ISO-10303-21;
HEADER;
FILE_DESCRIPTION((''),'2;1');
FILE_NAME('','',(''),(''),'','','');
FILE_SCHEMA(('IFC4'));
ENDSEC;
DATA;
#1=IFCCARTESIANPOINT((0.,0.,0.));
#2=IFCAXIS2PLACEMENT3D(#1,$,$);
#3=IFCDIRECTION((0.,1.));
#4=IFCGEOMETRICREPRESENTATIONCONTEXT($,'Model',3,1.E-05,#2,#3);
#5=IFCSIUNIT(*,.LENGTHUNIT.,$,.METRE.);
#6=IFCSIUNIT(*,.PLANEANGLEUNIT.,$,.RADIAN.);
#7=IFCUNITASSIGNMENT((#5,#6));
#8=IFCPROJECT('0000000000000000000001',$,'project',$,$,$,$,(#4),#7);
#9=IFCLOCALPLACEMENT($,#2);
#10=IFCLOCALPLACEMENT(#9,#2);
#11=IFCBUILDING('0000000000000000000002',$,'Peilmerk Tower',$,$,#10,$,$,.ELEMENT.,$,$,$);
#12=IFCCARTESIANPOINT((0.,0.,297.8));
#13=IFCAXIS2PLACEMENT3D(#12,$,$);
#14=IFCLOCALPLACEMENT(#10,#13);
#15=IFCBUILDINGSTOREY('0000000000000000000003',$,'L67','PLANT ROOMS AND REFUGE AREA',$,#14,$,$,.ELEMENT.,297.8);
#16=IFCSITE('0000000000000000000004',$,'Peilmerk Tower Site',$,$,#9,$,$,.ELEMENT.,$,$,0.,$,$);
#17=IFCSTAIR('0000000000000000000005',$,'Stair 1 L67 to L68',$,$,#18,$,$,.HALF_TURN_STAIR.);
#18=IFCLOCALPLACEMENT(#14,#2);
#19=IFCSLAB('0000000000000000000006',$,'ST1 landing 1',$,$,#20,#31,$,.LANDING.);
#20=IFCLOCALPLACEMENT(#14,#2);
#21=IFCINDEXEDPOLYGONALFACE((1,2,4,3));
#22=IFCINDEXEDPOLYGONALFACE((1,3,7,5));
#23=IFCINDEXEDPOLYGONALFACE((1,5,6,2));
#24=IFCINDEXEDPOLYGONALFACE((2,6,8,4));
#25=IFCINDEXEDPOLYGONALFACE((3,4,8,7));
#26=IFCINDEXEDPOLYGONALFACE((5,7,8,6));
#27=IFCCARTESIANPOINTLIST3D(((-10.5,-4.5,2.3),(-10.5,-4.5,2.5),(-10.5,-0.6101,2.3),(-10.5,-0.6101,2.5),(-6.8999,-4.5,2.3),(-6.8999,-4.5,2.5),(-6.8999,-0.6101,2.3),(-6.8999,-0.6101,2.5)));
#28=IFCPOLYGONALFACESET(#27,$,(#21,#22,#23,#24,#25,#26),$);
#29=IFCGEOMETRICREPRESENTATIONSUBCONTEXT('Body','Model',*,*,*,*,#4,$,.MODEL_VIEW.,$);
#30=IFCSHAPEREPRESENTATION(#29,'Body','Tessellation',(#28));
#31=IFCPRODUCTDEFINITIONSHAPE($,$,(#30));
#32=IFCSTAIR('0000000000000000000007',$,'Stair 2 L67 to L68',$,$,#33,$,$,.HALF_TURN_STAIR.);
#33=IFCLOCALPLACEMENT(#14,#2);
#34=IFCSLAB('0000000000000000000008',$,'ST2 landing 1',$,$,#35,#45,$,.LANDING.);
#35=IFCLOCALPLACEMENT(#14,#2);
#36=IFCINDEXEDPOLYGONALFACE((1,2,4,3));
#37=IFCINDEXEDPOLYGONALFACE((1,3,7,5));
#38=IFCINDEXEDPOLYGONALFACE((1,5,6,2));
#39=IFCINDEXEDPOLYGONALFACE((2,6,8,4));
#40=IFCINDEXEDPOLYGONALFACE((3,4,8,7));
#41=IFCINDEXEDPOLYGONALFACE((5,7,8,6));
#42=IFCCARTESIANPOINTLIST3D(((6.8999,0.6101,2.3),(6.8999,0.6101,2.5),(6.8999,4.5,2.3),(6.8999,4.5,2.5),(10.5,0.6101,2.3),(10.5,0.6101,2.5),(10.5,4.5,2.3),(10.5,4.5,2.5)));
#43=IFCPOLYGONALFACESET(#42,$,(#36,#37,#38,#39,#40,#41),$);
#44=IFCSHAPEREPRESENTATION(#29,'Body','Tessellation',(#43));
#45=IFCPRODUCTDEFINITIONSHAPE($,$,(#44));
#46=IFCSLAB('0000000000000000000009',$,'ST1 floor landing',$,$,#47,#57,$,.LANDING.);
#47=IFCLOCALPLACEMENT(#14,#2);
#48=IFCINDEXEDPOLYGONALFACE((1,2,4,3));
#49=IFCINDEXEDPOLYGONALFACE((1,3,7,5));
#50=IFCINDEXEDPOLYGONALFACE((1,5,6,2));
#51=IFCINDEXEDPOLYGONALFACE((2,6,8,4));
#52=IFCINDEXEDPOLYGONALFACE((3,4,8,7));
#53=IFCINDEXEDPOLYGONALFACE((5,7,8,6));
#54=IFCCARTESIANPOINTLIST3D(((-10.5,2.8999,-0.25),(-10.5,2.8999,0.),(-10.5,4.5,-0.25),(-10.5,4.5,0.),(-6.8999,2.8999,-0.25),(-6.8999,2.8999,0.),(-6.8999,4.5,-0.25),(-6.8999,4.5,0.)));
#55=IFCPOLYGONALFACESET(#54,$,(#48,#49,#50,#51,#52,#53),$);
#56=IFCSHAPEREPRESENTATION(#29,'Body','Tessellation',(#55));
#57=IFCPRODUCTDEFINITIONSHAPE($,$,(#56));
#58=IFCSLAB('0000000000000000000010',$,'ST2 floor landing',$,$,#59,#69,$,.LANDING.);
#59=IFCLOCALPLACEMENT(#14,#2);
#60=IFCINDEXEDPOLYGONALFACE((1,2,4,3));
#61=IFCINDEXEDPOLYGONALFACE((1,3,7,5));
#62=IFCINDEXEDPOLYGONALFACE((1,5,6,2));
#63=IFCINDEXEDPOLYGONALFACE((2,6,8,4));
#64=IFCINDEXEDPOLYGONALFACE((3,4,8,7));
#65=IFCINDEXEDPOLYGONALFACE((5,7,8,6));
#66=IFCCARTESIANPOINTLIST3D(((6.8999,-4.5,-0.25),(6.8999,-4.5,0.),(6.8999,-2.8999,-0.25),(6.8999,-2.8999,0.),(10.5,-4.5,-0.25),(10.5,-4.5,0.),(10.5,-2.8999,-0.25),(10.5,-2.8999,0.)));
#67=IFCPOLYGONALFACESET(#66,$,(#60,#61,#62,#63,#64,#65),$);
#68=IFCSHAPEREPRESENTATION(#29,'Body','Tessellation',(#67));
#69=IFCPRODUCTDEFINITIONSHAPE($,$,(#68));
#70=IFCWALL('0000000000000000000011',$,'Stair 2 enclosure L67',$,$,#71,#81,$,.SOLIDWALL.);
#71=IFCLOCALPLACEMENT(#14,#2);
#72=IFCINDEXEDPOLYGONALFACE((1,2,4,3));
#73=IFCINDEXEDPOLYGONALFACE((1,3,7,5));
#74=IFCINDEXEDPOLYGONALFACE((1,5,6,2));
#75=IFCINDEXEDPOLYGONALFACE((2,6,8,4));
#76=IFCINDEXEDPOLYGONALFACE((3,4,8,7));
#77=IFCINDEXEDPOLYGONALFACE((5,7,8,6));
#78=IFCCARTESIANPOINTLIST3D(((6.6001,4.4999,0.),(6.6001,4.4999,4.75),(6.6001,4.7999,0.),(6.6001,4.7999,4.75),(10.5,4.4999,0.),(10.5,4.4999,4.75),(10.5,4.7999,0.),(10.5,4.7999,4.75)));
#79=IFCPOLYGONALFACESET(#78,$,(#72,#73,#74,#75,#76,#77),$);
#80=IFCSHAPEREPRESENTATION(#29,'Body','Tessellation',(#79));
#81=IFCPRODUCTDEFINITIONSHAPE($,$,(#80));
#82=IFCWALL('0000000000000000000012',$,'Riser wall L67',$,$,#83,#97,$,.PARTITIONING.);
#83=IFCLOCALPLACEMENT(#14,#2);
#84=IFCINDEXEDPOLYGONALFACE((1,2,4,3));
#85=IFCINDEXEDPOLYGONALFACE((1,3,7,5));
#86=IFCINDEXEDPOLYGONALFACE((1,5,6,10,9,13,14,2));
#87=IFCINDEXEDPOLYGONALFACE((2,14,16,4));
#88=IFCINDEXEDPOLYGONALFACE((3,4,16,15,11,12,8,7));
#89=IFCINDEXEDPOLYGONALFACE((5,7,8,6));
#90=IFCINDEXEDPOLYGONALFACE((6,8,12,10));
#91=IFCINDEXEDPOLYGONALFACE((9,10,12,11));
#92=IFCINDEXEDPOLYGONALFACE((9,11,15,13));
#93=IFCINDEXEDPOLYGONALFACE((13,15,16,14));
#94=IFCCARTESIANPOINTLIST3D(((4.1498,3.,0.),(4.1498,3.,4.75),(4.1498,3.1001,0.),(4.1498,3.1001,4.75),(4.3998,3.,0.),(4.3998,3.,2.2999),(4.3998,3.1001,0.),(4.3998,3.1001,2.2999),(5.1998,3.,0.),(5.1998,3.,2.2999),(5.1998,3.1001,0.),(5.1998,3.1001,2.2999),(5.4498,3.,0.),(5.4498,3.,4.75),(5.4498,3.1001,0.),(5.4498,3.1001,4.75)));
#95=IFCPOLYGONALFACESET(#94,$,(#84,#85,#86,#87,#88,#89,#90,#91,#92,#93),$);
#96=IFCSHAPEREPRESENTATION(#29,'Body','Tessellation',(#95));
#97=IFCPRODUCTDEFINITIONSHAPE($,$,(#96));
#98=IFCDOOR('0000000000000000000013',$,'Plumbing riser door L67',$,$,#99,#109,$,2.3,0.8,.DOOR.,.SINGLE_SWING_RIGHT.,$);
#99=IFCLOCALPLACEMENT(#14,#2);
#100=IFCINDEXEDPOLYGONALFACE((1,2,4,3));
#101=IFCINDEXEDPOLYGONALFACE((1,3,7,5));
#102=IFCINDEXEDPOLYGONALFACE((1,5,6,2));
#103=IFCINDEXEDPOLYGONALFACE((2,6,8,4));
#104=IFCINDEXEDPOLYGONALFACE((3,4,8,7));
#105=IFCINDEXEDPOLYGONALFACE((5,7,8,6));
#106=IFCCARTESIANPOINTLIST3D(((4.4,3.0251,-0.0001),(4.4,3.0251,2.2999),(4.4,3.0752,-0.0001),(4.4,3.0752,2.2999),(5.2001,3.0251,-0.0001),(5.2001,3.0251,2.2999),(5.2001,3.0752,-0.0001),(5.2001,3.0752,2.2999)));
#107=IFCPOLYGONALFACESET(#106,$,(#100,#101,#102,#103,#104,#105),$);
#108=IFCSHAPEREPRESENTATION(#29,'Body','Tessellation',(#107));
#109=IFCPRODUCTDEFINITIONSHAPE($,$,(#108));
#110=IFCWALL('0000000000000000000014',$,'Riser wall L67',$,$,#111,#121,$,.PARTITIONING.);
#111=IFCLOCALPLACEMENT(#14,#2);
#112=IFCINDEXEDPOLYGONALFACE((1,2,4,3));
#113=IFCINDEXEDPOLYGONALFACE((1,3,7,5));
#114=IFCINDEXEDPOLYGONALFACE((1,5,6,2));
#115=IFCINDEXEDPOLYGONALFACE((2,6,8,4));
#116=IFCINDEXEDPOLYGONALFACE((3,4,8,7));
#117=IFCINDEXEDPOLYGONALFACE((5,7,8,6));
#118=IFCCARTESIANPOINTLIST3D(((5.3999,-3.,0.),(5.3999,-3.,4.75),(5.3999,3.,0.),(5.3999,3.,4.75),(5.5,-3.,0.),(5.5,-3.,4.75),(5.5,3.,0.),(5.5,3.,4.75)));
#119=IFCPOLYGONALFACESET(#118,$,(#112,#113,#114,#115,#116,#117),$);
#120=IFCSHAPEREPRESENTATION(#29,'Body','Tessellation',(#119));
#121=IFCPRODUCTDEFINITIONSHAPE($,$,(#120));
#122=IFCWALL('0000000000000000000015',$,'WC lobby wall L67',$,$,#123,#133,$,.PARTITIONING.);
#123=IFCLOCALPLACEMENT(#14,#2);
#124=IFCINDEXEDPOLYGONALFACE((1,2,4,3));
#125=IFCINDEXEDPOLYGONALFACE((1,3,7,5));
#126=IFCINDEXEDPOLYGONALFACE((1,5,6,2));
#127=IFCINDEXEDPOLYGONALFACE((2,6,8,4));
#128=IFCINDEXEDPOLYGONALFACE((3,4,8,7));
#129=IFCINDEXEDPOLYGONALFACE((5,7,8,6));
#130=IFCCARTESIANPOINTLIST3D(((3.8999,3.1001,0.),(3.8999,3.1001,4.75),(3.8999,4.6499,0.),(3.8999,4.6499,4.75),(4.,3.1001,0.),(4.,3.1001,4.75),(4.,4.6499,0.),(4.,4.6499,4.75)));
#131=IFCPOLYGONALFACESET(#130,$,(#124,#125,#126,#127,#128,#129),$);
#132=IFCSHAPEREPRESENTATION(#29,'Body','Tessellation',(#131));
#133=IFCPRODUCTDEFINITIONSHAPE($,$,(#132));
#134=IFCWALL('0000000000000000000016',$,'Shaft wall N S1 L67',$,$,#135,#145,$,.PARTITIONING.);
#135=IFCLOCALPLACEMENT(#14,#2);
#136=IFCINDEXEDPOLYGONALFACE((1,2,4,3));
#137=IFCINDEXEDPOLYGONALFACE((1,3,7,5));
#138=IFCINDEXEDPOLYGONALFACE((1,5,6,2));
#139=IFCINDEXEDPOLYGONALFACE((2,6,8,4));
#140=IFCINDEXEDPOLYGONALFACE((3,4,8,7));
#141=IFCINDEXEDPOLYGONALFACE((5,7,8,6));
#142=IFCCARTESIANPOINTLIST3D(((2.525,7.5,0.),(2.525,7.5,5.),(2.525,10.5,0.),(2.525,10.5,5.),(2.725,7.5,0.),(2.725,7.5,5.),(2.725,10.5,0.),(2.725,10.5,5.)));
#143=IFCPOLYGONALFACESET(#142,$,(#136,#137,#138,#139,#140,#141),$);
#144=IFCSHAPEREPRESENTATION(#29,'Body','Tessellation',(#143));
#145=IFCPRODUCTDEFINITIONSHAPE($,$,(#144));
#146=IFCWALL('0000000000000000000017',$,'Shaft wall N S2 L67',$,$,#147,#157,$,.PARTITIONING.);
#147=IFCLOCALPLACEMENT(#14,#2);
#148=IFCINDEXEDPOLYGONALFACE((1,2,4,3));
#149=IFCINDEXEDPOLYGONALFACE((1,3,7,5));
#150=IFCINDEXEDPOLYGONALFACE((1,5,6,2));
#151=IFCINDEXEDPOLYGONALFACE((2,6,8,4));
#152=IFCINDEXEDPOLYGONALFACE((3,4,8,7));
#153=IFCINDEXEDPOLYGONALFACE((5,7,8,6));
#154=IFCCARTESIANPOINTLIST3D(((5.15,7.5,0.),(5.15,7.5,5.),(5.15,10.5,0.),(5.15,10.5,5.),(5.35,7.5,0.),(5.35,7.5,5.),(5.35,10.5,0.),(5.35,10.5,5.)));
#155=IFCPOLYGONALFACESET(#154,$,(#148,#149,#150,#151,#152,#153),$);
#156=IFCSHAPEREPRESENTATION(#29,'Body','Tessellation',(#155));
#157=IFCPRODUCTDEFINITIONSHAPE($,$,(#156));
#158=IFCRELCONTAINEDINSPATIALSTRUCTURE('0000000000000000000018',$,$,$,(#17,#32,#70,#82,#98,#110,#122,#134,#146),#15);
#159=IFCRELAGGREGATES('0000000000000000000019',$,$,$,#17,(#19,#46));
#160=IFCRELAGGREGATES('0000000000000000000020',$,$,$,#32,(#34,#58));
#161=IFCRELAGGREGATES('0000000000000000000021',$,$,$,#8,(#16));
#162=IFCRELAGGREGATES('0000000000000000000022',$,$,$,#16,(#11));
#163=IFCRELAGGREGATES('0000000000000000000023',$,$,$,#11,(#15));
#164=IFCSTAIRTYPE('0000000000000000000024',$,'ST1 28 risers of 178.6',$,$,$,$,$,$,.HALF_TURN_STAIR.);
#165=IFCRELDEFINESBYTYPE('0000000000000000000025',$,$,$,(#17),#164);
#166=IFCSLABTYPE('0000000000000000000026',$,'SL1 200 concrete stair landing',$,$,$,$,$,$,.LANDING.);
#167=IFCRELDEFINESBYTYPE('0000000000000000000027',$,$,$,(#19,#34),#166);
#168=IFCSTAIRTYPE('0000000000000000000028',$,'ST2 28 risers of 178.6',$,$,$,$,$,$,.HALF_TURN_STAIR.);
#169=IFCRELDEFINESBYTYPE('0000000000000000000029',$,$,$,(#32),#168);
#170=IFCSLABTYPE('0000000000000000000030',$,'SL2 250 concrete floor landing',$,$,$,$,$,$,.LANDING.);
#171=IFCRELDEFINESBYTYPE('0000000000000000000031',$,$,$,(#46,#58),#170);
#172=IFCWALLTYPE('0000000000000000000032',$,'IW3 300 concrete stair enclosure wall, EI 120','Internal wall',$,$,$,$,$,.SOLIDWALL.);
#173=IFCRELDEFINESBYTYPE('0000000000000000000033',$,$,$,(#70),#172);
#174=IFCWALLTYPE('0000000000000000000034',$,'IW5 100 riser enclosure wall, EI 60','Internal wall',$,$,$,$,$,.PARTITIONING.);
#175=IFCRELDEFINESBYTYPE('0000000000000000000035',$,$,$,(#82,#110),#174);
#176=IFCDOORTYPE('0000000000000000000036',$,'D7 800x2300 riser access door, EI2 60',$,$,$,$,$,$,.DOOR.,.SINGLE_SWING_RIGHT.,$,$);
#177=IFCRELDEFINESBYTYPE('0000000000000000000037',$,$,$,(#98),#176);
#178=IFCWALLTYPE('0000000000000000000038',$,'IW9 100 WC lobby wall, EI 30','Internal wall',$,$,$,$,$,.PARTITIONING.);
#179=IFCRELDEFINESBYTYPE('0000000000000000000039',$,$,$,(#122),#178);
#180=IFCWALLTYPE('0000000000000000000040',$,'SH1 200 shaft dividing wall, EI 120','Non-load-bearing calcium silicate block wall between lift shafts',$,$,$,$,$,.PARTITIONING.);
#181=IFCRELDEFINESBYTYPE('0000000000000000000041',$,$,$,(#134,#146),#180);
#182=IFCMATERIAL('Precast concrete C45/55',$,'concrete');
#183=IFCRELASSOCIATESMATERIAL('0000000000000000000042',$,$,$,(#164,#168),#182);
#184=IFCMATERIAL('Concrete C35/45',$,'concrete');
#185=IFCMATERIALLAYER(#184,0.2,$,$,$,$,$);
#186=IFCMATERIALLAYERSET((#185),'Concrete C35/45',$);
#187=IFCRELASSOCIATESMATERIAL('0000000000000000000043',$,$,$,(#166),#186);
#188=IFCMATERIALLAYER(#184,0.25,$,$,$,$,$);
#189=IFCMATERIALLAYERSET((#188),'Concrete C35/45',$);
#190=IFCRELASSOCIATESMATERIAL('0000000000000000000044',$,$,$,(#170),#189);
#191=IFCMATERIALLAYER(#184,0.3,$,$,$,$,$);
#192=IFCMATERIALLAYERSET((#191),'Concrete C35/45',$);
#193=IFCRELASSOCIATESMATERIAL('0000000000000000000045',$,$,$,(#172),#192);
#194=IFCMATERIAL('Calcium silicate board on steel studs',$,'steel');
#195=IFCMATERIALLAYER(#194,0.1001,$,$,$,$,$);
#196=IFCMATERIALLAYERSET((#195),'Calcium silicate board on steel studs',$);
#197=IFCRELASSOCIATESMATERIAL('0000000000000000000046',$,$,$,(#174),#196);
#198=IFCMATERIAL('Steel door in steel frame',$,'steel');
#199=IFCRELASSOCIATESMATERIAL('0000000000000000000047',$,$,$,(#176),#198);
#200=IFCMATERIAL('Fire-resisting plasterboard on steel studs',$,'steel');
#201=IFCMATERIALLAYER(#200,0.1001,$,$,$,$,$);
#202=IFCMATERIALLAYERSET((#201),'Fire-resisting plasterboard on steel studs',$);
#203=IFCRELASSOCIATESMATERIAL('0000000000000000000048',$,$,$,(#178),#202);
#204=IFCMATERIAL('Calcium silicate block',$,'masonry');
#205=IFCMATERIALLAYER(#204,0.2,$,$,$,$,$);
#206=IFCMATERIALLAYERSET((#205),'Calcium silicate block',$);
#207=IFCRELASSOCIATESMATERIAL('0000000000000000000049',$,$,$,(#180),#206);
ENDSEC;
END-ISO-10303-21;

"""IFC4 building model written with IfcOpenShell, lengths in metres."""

from ifc_helpers import new_model, si_unit, direction, frame, frame_2d, origin, place, context, subcontext, project, spatial, polyline, rectangle, outline, extrude, material, layer, layer_set, type_object, element, fill, aggregate, save


model = new_model("IFC4")

# Units and contexts
model_context = context("Model", 3, precision=1e-05, world=origin(), true_north=direction((0.0, 1.0)))
body_context = subcontext(model_context, "Body", "Model", "MODEL_VIEW")
ifc_project = project(units=[si_unit("LENGTHUNIT", "METRE"), si_unit("PLANEANGLEUNIT", "RADIAN")], contexts=[model_context])

# Site, building, storey
site_placement = place(None, origin())
site = spatial("IfcSite", under=ifc_project, at=site_placement, Name="Peilmerk Tower Site", CompositionType="ELEMENT", RefElevation=0.0)
building_placement = place(site_placement, origin())
building = spatial("IfcBuilding", under=site, at=building_placement, Name="Peilmerk Tower", CompositionType="ELEMENT")
storey_placement = place(building_placement, frame((0.0, 0.0, 297.8)))
storey = spatial("IfcBuildingStorey", under=building, at=storey_placement, Name="L67", Description="PLANT ROOMS AND REFUGE AREA", CompositionType="ELEMENT", Elevation=297.8)

# Stairs, slabs
ifc_material_1 = material(Name="Precast concrete C45/55", Category="concrete")
stair_type_1 = type_object("IfcStairType", Name="ST1 28 risers of 178.6", PredefinedType="HALF_TURN_STAIR", material=ifc_material_1)
stair_1_placement = place(storey_placement, origin())
stair_1 = element("IfcStair", 1, at=stair_1_placement, inside=storey, type_object=stair_type_1, Name="Stair 1 L67 to L68", PredefinedType="HALF_TURN_STAIR")
ifc_material_2 = material(Name="Concrete C35/45", Category="concrete")
ifc_layer_1 = layer(ifc_material_2, 0.2)
ifc_layer_set_1 = layer_set([ifc_layer_1], Name="Concrete C35/45")
slab_type_1 = type_object("IfcSlabType", Name="SL1 200 concrete stair landing", PredefinedType="LANDING", material=ifc_layer_set_1)
slab_1_placement = place(storey_placement, frame((0.0, 0.0, 2.3)))
slab_1 = element("IfcSlab", 2, at=slab_1_placement, type_object=slab_type_1, Name="ST1 landing 1", PredefinedType="LANDING", context=body_context, shape_type="SweptSolid", body=[
    extrude(outline(polyline([(-10.5, -4.5), (-6.8999, -4.5), (-6.8999, -0.6101), (-10.5, -0.6101), (-10.5, -4.5)])), origin(), (0.0, 0.0, 1.0), 0.2),
])
stair_type_2 = type_object("IfcStairType", Name="ST2 28 risers of 178.6", PredefinedType="HALF_TURN_STAIR", material=ifc_material_1)
stair_2_placement = place(storey_placement, origin())
stair_2 = element("IfcStair", 3, at=stair_2_placement, inside=storey, type_object=stair_type_2, Name="Stair 2 L67 to L68", PredefinedType="HALF_TURN_STAIR")
slab_2_placement = place(storey_placement, frame((0.0, 0.0, 2.3)))
slab_2 = element("IfcSlab", 4, at=slab_2_placement, type_object=slab_type_1, Name="ST2 landing 1", PredefinedType="LANDING", context=body_context, shape_type="SweptSolid", body=[
    extrude(outline(polyline([(6.8999, 0.6101), (10.5, 0.6101), (10.5, 4.5), (6.8999, 4.5), (6.8999, 0.6101)])), origin(), (0.0, 0.0, 1.0), 0.2),
])

# Slabs
ifc_layer_2 = layer(ifc_material_2, 0.25)
ifc_layer_set_2 = layer_set([ifc_layer_2], Name="Concrete C35/45")
slab_type_2 = type_object("IfcSlabType", Name="SL2 250 concrete floor landing", PredefinedType="LANDING", material=ifc_layer_set_2)
slab_3_placement = place(storey_placement, frame((0.0, 0.0, -0.25)))
slab_3 = element("IfcSlab", 5, at=slab_3_placement, type_object=slab_type_2, Name="ST1 floor landing", PredefinedType="LANDING", context=body_context, shape_type="SweptSolid", body=[
    extrude(outline(polyline([(-10.5, 2.8999), (-6.8999, 2.8999), (-6.8999, 4.5), (-10.5, 4.5), (-10.5, 2.8999)])), origin(), (0.0, 0.0, 1.0), 0.25),
])
aggregate(stair_1, [slab_1, slab_3])
slab_4_placement = place(storey_placement, frame((0.0, 0.0, -0.25)))
slab_4 = element("IfcSlab", 6, at=slab_4_placement, type_object=slab_type_2, Name="ST2 floor landing", PredefinedType="LANDING", context=body_context, shape_type="SweptSolid", body=[
    extrude(outline(polyline([(6.8999, -4.5), (10.5, -4.5), (10.5, -2.8999), (6.8999, -2.8999), (6.8999, -4.5)])), origin(), (0.0, 0.0, 1.0), 0.25),
])
aggregate(stair_2, [slab_2, slab_4])

# Wall
ifc_layer_3 = layer(ifc_material_2, 0.3)
ifc_layer_set_3 = layer_set([ifc_layer_3], Name="Concrete C35/45")
wall_type_1 = type_object("IfcWallType", Name="IW3 300 concrete stair enclosure wall, EI 120", Description="Internal wall", PredefinedType="SOLIDWALL", material=ifc_layer_set_3)
wall_1_placement = place(storey_placement, frame((6.6001, 4.6499, 0.0), z_axis=(0.0, 0.0, 1.0), x_axis=(1.0, 0.0, 0.0)))
element("IfcWall", 7, at=wall_1_placement, inside=storey, type_object=wall_type_1, Name="Stair 2 enclosure L67", PredefinedType="SOLIDWALL", context=body_context, shape_type="SweptSolid", body=[
    extrude(rectangle(XDim=3.8999, YDim=0.3, at=frame_2d((1.95, 0.0))), origin(), (0.0, 0.0, 1.0), 4.75),
])

# Wall, opening, door
ifc_material_3 = material(Name="Calcium silicate board on steel studs", Category="steel")
ifc_layer_4 = layer(ifc_material_3, 0.1001)
ifc_layer_set_4 = layer_set([ifc_layer_4], Name="Calcium silicate board on steel studs")
wall_type_2 = type_object("IfcWallType", Name="IW5 100 riser enclosure wall, EI 60", Description="Internal wall", PredefinedType="PARTITIONING", material=ifc_layer_set_4)
wall_2_placement = place(storey_placement, frame((4.1499, 3.05, 0.0), z_axis=(0.0, 0.0, 1.0), x_axis=(1.0, 0.0, 0.0)))
wall_2 = element("IfcWall", 8, at=wall_2_placement, inside=storey, type_object=wall_type_2, Name="Riser wall L67", PredefinedType="PARTITIONING", context=body_context, shape_type="SweptSolid", body=[
    extrude(rectangle(XDim=1.3, YDim=0.1001, at=frame_2d((0.6499, 0.0))), origin(), (0.0, 0.0, 1.0), 4.75),
])
opening_1_placement = place(wall_2_placement, frame((0.25, 0.0, 0.0)))
opening_1 = element("IfcOpeningElement", 9, at=opening_1_placement, cuts=wall_2, PredefinedType="OPENING", context=body_context, shape_type="SweptSolid", body=[
    extrude(rectangle(XDim=0.8, YDim=2.3, at=frame_2d((0.3999, 1.1499))), frame((0.0, 0.0601, 0.0), z_axis=(0.0, -1.0, 0.0), x_axis=(1.0, 0.0, 0.0)), (0.0, 0.0, 1.0), 0.1201),
])
ifc_material_4 = material(Name="Steel door in steel frame", Category="steel")
door_type_1 = type_object("IfcDoorType", Name="D7 800x2300 riser access door, EI2 60", OperationType="SINGLE_SWING_RIGHT", PredefinedType="DOOR", material=ifc_material_4)
door_1_placement = place(opening_1_placement, frame((0.8, 0.0, 0.0), z_axis=(0.0, 0.0, 1.0), x_axis=(-1.0, 0.0, 0.0)))
door_1 = element("IfcDoor", 10, at=door_1_placement, inside=storey, type_object=door_type_1, Name="Plumbing riser door L67", OperationType="SINGLE_SWING_RIGHT", OverallHeight=2.3, OverallWidth=0.8, PredefinedType="DOOR", context=body_context, shape_type="SweptSolid", body=[
    extrude(rectangle(XDim=0.8, YDim=2.3, at=frame_2d((0.3999, 1.1499))), frame((0.0, 0.0249, 0.0), z_axis=(0.0, -1.0, 0.0), x_axis=(1.0, 0.0, 0.0)), (0.0, 0.0, 1.0), 0.05),
])
fill(opening_1, door_1)

# Walls
wall_3_placement = place(storey_placement, frame((5.45, 3.0, 0.0), z_axis=(0.0, 0.0, 1.0), x_axis=(0.0, -1.0, 0.0)))
element("IfcWall", 11, at=wall_3_placement, inside=storey, type_object=wall_type_2, Name="Riser wall L67", PredefinedType="PARTITIONING", context=body_context, shape_type="SweptSolid", body=[
    extrude(rectangle(XDim=6.0, YDim=0.1001, at=frame_2d((3.0, 0.0))), origin(), (0.0, 0.0, 1.0), 4.75),
])
ifc_material_5 = material(Name="Fire-resisting plasterboard on steel studs", Category="steel")
ifc_layer_5 = layer(ifc_material_5, 0.1001)
ifc_layer_set_5 = layer_set([ifc_layer_5], Name="Fire-resisting plasterboard on steel studs")
wall_type_3 = type_object("IfcWallType", Name="IW9 100 WC lobby wall, EI 30", Description="Internal wall", PredefinedType="PARTITIONING", material=ifc_layer_set_5)
wall_4_placement = place(storey_placement, frame((3.95, 3.1001, 0.0), z_axis=(0.0, 0.0, 1.0), x_axis=(0.0, 1.0, 0.0)))
element("IfcWall", 12, at=wall_4_placement, inside=storey, type_object=wall_type_3, Name="WC lobby wall L67", PredefinedType="PARTITIONING", context=body_context, shape_type="SweptSolid", body=[
    extrude(rectangle(XDim=1.5498, YDim=0.1001, at=frame_2d((0.7749, 0.0))), origin(), (0.0, 0.0, 1.0), 4.75),
])
ifc_material_6 = material(Name="Calcium silicate block", Category="masonry")
ifc_layer_6 = layer(ifc_material_6, 0.2)
ifc_layer_set_6 = layer_set([ifc_layer_6], Name="Calcium silicate block")
wall_type_4 = type_object("IfcWallType", Name="SH1 200 shaft dividing wall, EI 120", Description="Non-load-bearing calcium silicate block wall between lift shafts", PredefinedType="PARTITIONING", material=ifc_layer_set_6)
for number, where, z_axis, x_axis, name in (
    (13, (2.625, 7.5, 0.0), (0.0, 0.0, 1.0), (0.0, 1.0, 0.0), "Shaft wall N S1 L67"),
    (14, (5.25, 7.5, 0.0), (0.0, 0.0, 1.0), (0.0, 1.0, 0.0), "Shaft wall N S2 L67"),
):
    element("IfcWall", number, at=place(storey_placement, frame(where, z_axis=z_axis, x_axis=x_axis)), inside=storey, type_object=wall_type_4, Name=name, PredefinedType="PARTITIONING", context=body_context, shape_type="SweptSolid", body=[
        extrude(rectangle(XDim=3.0, YDim=0.2, at=frame_2d((1.5, 0.0))), origin(), (0.0, 0.0, 1.0), 5.0),
    ])

save(model, "model.ifc")
